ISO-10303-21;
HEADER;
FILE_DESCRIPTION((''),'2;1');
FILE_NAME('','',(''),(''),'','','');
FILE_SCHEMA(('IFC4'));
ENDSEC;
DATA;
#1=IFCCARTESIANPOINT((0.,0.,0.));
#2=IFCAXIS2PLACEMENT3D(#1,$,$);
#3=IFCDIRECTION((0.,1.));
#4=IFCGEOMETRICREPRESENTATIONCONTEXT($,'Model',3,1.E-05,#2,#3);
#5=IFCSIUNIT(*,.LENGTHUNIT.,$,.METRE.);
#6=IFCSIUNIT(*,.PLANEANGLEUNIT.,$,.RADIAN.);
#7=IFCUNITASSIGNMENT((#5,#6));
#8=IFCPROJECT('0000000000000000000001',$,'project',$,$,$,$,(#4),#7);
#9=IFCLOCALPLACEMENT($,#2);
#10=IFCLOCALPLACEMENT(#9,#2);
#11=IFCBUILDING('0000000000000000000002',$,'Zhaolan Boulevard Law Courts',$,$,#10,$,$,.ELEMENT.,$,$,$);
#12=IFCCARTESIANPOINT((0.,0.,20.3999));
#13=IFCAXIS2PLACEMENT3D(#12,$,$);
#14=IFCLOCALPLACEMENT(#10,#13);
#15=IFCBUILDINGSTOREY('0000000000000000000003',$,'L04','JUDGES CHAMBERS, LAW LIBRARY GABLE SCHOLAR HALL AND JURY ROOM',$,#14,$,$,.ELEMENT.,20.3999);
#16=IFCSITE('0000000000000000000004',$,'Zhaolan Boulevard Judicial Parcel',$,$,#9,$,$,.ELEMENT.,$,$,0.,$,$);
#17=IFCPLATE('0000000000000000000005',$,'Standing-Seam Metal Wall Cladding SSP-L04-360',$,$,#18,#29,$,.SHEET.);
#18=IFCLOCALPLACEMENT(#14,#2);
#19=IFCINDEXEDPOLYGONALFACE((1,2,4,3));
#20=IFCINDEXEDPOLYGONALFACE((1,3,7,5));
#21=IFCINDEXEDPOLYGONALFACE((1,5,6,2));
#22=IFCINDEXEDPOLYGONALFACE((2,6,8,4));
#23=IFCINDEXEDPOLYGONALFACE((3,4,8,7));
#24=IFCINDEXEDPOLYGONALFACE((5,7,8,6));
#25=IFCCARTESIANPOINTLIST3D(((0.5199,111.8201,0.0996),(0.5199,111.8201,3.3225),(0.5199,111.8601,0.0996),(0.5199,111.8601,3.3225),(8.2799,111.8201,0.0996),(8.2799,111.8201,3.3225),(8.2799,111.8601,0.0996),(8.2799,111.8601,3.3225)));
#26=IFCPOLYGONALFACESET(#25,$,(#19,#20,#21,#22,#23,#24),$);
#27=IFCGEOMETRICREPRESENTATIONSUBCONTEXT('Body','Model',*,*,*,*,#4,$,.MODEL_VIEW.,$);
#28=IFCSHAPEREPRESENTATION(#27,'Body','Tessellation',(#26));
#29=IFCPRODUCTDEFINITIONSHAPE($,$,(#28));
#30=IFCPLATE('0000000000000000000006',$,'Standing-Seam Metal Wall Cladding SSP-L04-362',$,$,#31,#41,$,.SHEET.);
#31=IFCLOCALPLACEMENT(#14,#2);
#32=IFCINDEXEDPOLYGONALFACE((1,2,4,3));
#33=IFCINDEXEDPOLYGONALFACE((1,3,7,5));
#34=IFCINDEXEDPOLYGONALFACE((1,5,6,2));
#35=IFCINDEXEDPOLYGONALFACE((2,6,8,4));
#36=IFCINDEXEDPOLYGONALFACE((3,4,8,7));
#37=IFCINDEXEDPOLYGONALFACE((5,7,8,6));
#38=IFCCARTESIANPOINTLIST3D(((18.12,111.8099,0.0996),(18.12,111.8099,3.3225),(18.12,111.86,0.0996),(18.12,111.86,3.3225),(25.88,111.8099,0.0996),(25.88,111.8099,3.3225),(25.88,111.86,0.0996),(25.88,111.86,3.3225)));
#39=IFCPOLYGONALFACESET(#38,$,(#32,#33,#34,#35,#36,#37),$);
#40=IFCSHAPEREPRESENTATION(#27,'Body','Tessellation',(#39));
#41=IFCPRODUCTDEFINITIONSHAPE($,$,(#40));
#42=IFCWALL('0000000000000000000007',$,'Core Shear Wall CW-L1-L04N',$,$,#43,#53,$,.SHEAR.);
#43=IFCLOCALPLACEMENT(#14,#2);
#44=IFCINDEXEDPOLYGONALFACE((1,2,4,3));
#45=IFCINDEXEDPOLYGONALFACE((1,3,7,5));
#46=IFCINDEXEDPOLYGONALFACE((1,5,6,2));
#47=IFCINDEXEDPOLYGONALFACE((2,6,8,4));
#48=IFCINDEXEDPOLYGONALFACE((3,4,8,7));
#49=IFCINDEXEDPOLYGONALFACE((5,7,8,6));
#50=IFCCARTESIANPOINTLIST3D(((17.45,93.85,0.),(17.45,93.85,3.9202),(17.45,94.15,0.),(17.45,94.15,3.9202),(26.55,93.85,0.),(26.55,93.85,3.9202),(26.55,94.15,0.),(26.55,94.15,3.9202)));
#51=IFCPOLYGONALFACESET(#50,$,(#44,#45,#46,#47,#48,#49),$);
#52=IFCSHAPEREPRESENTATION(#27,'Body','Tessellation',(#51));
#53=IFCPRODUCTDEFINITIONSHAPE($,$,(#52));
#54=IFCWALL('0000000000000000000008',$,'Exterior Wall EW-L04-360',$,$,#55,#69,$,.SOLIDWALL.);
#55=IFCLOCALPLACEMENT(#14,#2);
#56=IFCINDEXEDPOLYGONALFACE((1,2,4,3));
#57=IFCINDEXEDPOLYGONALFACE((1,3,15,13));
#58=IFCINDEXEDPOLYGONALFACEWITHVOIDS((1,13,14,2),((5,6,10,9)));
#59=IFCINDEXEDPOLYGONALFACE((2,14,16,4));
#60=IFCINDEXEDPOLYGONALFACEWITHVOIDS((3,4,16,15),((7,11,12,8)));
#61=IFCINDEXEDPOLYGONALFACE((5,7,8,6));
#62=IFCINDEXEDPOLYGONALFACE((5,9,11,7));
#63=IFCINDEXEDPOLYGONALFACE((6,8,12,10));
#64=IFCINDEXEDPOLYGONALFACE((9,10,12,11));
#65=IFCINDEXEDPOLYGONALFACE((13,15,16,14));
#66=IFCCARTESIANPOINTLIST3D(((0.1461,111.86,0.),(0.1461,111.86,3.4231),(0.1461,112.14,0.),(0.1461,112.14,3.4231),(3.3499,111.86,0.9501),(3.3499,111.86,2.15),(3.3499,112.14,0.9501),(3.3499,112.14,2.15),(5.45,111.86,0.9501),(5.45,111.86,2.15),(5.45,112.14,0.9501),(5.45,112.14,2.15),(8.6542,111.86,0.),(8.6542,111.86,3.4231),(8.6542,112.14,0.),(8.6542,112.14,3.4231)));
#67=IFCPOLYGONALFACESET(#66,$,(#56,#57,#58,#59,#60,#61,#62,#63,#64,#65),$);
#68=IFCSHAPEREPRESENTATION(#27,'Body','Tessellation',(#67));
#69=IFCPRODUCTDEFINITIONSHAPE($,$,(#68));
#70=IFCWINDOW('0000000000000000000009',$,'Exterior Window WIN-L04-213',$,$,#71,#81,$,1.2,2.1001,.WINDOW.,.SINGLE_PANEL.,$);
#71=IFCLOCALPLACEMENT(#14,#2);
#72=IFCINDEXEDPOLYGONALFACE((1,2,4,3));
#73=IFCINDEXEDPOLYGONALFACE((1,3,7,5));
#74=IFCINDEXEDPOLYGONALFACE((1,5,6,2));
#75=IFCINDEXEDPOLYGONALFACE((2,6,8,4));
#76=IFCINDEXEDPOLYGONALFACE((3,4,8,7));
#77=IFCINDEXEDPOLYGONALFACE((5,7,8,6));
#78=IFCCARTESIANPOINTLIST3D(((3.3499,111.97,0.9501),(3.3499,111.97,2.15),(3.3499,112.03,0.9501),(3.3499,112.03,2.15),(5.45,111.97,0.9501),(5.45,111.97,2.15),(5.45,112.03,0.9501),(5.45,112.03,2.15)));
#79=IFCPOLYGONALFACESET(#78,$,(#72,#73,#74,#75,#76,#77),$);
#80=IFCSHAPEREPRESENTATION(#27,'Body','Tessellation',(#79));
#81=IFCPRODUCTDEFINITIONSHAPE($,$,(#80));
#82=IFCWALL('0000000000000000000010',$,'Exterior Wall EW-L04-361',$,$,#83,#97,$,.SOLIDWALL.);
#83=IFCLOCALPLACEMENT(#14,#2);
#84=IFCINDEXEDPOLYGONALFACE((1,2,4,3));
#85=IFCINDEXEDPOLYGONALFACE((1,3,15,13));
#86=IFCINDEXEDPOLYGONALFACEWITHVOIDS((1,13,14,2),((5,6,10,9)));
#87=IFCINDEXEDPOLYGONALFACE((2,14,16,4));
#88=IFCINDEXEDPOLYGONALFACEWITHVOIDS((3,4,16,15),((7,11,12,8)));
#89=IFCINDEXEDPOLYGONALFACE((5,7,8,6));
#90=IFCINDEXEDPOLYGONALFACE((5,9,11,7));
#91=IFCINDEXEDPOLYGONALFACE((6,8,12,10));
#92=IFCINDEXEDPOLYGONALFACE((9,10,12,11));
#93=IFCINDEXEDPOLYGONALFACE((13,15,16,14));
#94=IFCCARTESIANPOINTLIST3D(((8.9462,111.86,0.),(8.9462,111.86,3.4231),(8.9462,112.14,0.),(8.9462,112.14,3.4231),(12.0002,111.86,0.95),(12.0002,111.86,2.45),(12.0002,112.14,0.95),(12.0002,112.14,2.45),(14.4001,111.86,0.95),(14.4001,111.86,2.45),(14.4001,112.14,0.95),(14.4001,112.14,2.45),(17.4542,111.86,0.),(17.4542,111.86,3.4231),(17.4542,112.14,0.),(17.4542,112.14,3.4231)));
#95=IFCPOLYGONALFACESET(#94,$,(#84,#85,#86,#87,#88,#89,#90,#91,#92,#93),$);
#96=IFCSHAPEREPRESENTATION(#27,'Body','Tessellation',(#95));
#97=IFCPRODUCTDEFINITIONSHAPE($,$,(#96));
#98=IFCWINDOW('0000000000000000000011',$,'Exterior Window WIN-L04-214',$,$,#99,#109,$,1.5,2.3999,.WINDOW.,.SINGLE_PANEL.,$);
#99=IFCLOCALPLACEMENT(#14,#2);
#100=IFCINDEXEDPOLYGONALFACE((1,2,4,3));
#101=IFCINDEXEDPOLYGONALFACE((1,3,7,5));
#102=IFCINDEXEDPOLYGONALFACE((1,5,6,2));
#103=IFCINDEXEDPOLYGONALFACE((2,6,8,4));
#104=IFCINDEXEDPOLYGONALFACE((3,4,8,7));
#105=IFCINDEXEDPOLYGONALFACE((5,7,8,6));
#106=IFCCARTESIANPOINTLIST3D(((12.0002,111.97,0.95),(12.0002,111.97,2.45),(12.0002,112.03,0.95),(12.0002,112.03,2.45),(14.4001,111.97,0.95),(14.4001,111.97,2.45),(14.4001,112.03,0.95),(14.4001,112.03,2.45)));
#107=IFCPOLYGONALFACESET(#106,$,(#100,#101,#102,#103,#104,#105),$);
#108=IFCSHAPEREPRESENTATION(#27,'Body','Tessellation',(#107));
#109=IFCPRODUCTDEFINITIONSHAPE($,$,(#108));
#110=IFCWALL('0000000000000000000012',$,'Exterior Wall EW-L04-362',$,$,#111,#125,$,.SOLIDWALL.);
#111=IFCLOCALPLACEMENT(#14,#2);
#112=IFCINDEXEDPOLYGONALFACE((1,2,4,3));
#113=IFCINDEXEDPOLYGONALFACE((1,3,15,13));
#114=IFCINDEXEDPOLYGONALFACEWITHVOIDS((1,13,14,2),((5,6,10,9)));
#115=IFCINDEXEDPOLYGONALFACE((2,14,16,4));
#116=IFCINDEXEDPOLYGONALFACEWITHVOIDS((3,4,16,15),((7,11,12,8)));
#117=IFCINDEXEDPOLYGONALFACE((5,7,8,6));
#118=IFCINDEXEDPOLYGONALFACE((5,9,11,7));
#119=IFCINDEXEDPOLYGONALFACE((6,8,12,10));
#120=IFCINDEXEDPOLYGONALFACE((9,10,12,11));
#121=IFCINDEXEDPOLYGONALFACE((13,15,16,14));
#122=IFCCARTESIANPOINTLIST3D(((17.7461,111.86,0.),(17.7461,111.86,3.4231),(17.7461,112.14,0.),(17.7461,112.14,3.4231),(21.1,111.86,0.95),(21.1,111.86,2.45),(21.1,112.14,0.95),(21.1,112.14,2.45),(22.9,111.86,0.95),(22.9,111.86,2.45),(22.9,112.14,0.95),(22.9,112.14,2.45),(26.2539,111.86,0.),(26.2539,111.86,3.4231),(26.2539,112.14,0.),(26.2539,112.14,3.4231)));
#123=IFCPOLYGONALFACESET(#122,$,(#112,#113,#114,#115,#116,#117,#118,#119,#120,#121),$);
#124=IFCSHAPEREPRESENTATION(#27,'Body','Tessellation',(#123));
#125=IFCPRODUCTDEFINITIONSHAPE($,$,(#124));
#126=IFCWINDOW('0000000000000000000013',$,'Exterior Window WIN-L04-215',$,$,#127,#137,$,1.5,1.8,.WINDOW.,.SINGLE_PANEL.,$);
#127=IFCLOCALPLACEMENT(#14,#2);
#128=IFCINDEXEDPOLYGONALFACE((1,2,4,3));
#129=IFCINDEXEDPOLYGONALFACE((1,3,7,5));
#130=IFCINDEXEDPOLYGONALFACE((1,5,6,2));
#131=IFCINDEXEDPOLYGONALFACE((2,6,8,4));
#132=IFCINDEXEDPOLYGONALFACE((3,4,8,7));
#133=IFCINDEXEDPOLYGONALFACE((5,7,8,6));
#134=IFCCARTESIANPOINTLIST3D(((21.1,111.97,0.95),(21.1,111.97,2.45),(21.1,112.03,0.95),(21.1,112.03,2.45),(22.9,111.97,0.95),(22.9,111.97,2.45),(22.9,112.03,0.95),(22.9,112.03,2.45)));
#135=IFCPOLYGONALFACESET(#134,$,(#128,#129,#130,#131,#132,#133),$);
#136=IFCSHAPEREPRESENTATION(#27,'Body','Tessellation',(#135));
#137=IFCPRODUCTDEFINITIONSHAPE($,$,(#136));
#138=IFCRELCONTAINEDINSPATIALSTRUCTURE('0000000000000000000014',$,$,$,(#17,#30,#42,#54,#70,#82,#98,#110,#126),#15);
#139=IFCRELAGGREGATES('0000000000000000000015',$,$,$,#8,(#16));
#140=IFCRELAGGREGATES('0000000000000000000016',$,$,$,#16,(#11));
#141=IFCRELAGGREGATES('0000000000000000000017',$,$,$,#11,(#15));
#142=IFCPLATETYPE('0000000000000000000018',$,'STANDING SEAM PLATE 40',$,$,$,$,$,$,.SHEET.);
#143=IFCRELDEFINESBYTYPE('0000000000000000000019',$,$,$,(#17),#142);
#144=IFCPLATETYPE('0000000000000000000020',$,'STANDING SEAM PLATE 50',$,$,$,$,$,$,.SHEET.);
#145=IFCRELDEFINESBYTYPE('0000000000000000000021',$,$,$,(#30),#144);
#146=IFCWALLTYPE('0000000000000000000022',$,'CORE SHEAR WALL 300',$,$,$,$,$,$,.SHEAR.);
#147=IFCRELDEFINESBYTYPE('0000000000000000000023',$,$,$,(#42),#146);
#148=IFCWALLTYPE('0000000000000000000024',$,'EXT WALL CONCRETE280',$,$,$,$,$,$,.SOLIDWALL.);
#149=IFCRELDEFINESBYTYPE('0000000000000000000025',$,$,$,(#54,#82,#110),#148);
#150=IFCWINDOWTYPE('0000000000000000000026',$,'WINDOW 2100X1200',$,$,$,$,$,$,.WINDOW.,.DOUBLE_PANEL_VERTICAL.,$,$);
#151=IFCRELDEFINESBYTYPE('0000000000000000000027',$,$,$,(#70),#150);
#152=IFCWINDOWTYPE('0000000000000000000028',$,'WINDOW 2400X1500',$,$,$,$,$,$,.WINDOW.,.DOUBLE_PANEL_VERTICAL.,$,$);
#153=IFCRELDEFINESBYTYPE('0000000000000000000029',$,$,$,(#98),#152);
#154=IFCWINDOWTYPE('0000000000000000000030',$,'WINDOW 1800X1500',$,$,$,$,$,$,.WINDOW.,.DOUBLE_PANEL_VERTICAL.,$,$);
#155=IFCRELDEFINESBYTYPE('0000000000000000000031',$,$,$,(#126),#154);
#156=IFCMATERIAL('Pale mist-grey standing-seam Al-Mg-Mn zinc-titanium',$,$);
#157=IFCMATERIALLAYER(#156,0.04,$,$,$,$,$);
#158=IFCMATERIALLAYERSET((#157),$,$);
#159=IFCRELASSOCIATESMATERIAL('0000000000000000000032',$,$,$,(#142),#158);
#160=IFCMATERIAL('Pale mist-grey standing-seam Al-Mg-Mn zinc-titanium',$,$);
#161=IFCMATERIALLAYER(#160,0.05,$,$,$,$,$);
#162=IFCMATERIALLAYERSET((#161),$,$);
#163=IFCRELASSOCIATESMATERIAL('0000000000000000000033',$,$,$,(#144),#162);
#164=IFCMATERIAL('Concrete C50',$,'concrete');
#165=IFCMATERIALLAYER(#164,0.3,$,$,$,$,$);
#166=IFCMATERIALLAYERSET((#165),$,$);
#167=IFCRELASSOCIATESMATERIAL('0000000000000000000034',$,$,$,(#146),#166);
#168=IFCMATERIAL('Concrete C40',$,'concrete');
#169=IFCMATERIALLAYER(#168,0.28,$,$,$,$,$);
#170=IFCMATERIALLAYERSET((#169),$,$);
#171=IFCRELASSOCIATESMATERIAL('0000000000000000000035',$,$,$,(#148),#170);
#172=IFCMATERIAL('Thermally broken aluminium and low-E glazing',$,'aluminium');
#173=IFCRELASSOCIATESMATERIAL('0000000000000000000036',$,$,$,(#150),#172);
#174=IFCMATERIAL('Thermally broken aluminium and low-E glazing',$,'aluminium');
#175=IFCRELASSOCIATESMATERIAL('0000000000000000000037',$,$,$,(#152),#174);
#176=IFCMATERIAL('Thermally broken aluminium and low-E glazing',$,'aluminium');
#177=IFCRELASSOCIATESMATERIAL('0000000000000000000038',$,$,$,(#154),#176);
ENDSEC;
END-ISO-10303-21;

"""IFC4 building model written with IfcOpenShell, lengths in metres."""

from ifc_helpers import new_model, si_unit, direction, frame, frame_2d, origin, origin_2d, place, context, subcontext, project, spatial, rectangle, extrude, material, layer, layer_set, type_object, element, fill, save


model = new_model("IFC4")

# Units and contexts
model_context = context("Model", 3, precision=1e-05, world=origin(), true_north=direction((0.0, 1.0)))
body_context = subcontext(model_context, "Body", "Model", "MODEL_VIEW")
ifc_project = project(units=[si_unit("LENGTHUNIT", "METRE"), si_unit("PLANEANGLEUNIT", "RADIAN")], contexts=[model_context])

# Site, building, storey
site_placement = place(None, origin())
site = spatial("IfcSite", under=ifc_project, at=site_placement, Name="Zhaolan Boulevard Judicial Parcel", CompositionType="ELEMENT", RefElevation=0.0)
building_placement = place(site_placement, origin())
building = spatial("IfcBuilding", under=site, at=building_placement, Name="Zhaolan Boulevard Law Courts", CompositionType="ELEMENT")
storey_placement = place(building_placement, frame((0.0, 0.0, 20.3999)))
storey = spatial("IfcBuildingStorey", under=building, at=storey_placement, Name="L04", Description="JUDGES CHAMBERS, LAW LIBRARY GABLE SCHOLAR HALL AND JURY ROOM", CompositionType="ELEMENT", Elevation=20.3999)

# Plates
ifc_material_1 = material(Name="Pale mist-grey standing-seam Al-Mg-Mn zinc-titanium")
ifc_layer_1 = layer(ifc_material_1, 0.04)
ifc_layer_set_1 = layer_set([ifc_layer_1])
plate_type_1 = type_object("IfcPlateType", Name="STANDING SEAM PLATE 40", PredefinedType="SHEET", material=ifc_layer_set_1)
plate_1_placement = place(storey_placement, frame((4.3999, 111.8401, 0.0996), z_axis=(0.0, 0.0, 1.0), x_axis=(-1.0, 0.0, 0.0)))
element("IfcPlate", 1, at=plate_1_placement, inside=storey, type_object=plate_type_1, Name="Standing-Seam Metal Wall Cladding SSP-L04-360", PredefinedType="SHEET", context=body_context, shape_type="SweptSolid", body=[
    extrude(rectangle(XDim=7.76, YDim=0.04, at=origin_2d()), origin(), (0.0, 0.0, 1.0), 3.2229),
])
ifc_material_2 = material(Name="Pale mist-grey standing-seam Al-Mg-Mn zinc-titanium")
ifc_layer_2 = layer(ifc_material_2, 0.05)
ifc_layer_set_2 = layer_set([ifc_layer_2])
plate_type_2 = type_object("IfcPlateType", Name="STANDING SEAM PLATE 50", PredefinedType="SHEET", material=ifc_layer_set_2)
plate_2_placement = place(storey_placement, frame((22.0, 111.835, 0.0996), z_axis=(0.0, 0.0, 1.0), x_axis=(-1.0, 0.0, 0.0)))
element("IfcPlate", 2, at=plate_2_placement, inside=storey, type_object=plate_type_2, Name="Standing-Seam Metal Wall Cladding SSP-L04-362", PredefinedType="SHEET", context=body_context, shape_type="SweptSolid", body=[
    extrude(rectangle(XDim=7.76, YDim=0.05, at=origin_2d()), origin(), (0.0, 0.0, 1.0), 3.2229),
])

# Wall
ifc_material_3 = material(Name="Concrete C50", Category="concrete")
ifc_layer_3 = layer(ifc_material_3, 0.3)
ifc_layer_set_3 = layer_set([ifc_layer_3])
wall_type_1 = type_object("IfcWallType", Name="CORE SHEAR WALL 300", PredefinedType="SHEAR", material=ifc_layer_set_3)
wall_1_placement = place(storey_placement, frame((26.55, 94.0, 0.0), z_axis=(0.0, 0.0, 1.0), x_axis=(-1.0, 0.0, 0.0)))
element("IfcWall", 3, at=wall_1_placement, inside=storey, type_object=wall_type_1, Name="Core Shear Wall CW-L1-L04N", PredefinedType="SHEAR", context=body_context, shape_type="SweptSolid", body=[
    extrude(rectangle(XDim=9.1001, YDim=0.3, at=frame_2d((4.55, 0.0))), origin(), (0.0, 0.0, 1.0), 3.9202),
])

# Walls, openings, windows
ifc_material_4 = material(Name="Concrete C40", Category="concrete")
ifc_layer_4 = layer(ifc_material_4, 0.28)
ifc_layer_set_4 = layer_set([ifc_layer_4])
wall_type_2 = type_object("IfcWallType", Name="EXT WALL CONCRETE280", PredefinedType="SOLIDWALL", material=ifc_layer_set_4)
wall_2_placement = place(storey_placement, frame((8.6541, 112.0, 0.0), z_axis=(0.0, 0.0, 1.0), x_axis=(-1.0, 0.0, 0.0)))
wall_2 = element("IfcWall", 4, at=wall_2_placement, inside=storey, type_object=wall_type_2, Name="Exterior Wall EW-L04-360", PredefinedType="SOLIDWALL", context=body_context, shape_type="SweptSolid", body=[
    extrude(rectangle(XDim=8.5081, YDim=0.28, at=frame_2d((4.2539, 0.0))), origin(), (0.0, 0.0, 1.0), 3.4231),
])
opening_1_placement = place(wall_2_placement, frame((3.2041, 0.0, 0.95)))
opening_1 = element("IfcOpeningElement", 5, at=opening_1_placement, cuts=wall_2, PredefinedType="OPENING", context=body_context, shape_type="SweptSolid", body=[
    extrude(rectangle(XDim=2.1001, YDim=1.2, at=frame_2d((1.05, 0.6001))), frame((0.0, 0.1499, 0.0), z_axis=(0.0, -1.0, 0.0), x_axis=(1.0, 0.0, 0.0)), (0.0, 0.0, 1.0), 0.3),
])
ifc_material_5 = material(Name="Thermally broken aluminium and low-E glazing", Category="aluminium")
window_type_1 = type_object("IfcWindowType", Name="WINDOW 2100X1200", PartitioningType="DOUBLE_PANEL_VERTICAL", PredefinedType="WINDOW", material=ifc_material_5)
window_1_placement = place(opening_1_placement, origin())
window_1 = element("IfcWindow", 6, at=window_1_placement, inside=storey, type_object=window_type_1, Name="Exterior Window WIN-L04-213", OverallHeight=1.2, OverallWidth=2.1001, PartitioningType="SINGLE_PANEL", PredefinedType="WINDOW", context=body_context, shape_type="SweptSolid", body=[
    extrude(rectangle(XDim=2.1001, YDim=1.2, at=frame_2d((1.05, 0.6001))), frame((0.0, 0.03, 0.0), z_axis=(0.0, -1.0, 0.0), x_axis=(1.0, 0.0, 0.0)), (0.0, 0.0, 1.0), 0.0601),
])
fill(opening_1, window_1)
wall_3_placement = place(storey_placement, frame((17.4541, 112.0, 0.0), z_axis=(0.0, 0.0, 1.0), x_axis=(-1.0, 0.0, 0.0)))
wall_3 = element("IfcWall", 7, at=wall_3_placement, inside=storey, type_object=wall_type_2, Name="Exterior Wall EW-L04-361", PredefinedType="SOLIDWALL", context=body_context, shape_type="SweptSolid", body=[
    extrude(rectangle(XDim=8.5081, YDim=0.28, at=frame_2d((4.2539, 0.0))), origin(), (0.0, 0.0, 1.0), 3.4231),
])
opening_2_placement = place(wall_3_placement, frame((3.054, 0.0, 0.95)))
opening_2 = element("IfcOpeningElement", 8, at=opening_2_placement, cuts=wall_3, PredefinedType="OPENING", context=body_context, shape_type="SweptSolid", body=[
    extrude(rectangle(XDim=2.3999, YDim=1.5, at=frame_2d((1.2, 0.75))), frame((0.0, 0.1499, 0.0), z_axis=(0.0, -1.0, 0.0), x_axis=(1.0, 0.0, 0.0)), (0.0, 0.0, 1.0), 0.3),
])
ifc_material_6 = material(Name="Thermally broken aluminium and low-E glazing", Category="aluminium")
window_type_2 = type_object("IfcWindowType", Name="WINDOW 2400X1500", PartitioningType="DOUBLE_PANEL_VERTICAL", PredefinedType="WINDOW", material=ifc_material_6)
window_2_placement = place(opening_2_placement, origin())
window_2 = element("IfcWindow", 9, at=window_2_placement, inside=storey, type_object=window_type_2, Name="Exterior Window WIN-L04-214", OverallHeight=1.5, OverallWidth=2.3999, PartitioningType="SINGLE_PANEL", PredefinedType="WINDOW", context=body_context, shape_type="SweptSolid", body=[
    extrude(rectangle(XDim=2.3999, YDim=1.5, at=frame_2d((1.2, 0.75))), frame((0.0, 0.03, 0.0), z_axis=(0.0, -1.0, 0.0), x_axis=(1.0, 0.0, 0.0)), (0.0, 0.0, 1.0), 0.0601),
])
fill(opening_2, window_2)
wall_4_placement = place(storey_placement, frame((26.2539, 112.0, 0.0), z_axis=(0.0, 0.0, 1.0), x_axis=(-1.0, 0.0, 0.0)))
wall_4 = element("IfcWall", 10, at=wall_4_placement, inside=storey, type_object=wall_type_2, Name="Exterior Wall EW-L04-362", PredefinedType="SOLIDWALL", context=body_context, shape_type="SweptSolid", body=[
    extrude(rectangle(XDim=8.5078, YDim=0.28, at=frame_2d((4.2539, 0.0))), origin(), (0.0, 0.0, 1.0), 3.4231),
])
opening_3_placement = place(wall_4_placement, frame((3.354, 0.0, 0.95)))
opening_3 = element("IfcOpeningElement", 11, at=opening_3_placement, cuts=wall_4, PredefinedType="OPENING", context=body_context, shape_type="SweptSolid", body=[
    extrude(rectangle(XDim=1.8, YDim=1.5, at=frame_2d((0.8999, 0.75))), frame((0.0, 0.1499, 0.0), z_axis=(0.0, -1.0, 0.0), x_axis=(1.0, 0.0, 0.0)), (0.0, 0.0, 1.0), 0.3),
])
ifc_material_7 = material(Name="Thermally broken aluminium and low-E glazing", Category="aluminium")
window_type_3 = type_object("IfcWindowType", Name="WINDOW 1800X1500", PartitioningType="DOUBLE_PANEL_VERTICAL", PredefinedType="WINDOW", material=ifc_material_7)
window_3_placement = place(opening_3_placement, origin())
window_3 = element("IfcWindow", 12, at=window_3_placement, inside=storey, type_object=window_type_3, Name="Exterior Window WIN-L04-215", OverallHeight=1.5, OverallWidth=1.8, PartitioningType="SINGLE_PANEL", PredefinedType="WINDOW", context=body_context, shape_type="SweptSolid", body=[
    extrude(rectangle(XDim=1.8, YDim=1.5, at=frame_2d((0.8999, 0.75))), frame((0.0, 0.03, 0.0), z_axis=(0.0, -1.0, 0.0), x_axis=(1.0, 0.0, 0.0)), (0.0, 0.0, 1.0), 0.0601),
])
fill(opening_3, window_3)

save(model, "model.ifc")
